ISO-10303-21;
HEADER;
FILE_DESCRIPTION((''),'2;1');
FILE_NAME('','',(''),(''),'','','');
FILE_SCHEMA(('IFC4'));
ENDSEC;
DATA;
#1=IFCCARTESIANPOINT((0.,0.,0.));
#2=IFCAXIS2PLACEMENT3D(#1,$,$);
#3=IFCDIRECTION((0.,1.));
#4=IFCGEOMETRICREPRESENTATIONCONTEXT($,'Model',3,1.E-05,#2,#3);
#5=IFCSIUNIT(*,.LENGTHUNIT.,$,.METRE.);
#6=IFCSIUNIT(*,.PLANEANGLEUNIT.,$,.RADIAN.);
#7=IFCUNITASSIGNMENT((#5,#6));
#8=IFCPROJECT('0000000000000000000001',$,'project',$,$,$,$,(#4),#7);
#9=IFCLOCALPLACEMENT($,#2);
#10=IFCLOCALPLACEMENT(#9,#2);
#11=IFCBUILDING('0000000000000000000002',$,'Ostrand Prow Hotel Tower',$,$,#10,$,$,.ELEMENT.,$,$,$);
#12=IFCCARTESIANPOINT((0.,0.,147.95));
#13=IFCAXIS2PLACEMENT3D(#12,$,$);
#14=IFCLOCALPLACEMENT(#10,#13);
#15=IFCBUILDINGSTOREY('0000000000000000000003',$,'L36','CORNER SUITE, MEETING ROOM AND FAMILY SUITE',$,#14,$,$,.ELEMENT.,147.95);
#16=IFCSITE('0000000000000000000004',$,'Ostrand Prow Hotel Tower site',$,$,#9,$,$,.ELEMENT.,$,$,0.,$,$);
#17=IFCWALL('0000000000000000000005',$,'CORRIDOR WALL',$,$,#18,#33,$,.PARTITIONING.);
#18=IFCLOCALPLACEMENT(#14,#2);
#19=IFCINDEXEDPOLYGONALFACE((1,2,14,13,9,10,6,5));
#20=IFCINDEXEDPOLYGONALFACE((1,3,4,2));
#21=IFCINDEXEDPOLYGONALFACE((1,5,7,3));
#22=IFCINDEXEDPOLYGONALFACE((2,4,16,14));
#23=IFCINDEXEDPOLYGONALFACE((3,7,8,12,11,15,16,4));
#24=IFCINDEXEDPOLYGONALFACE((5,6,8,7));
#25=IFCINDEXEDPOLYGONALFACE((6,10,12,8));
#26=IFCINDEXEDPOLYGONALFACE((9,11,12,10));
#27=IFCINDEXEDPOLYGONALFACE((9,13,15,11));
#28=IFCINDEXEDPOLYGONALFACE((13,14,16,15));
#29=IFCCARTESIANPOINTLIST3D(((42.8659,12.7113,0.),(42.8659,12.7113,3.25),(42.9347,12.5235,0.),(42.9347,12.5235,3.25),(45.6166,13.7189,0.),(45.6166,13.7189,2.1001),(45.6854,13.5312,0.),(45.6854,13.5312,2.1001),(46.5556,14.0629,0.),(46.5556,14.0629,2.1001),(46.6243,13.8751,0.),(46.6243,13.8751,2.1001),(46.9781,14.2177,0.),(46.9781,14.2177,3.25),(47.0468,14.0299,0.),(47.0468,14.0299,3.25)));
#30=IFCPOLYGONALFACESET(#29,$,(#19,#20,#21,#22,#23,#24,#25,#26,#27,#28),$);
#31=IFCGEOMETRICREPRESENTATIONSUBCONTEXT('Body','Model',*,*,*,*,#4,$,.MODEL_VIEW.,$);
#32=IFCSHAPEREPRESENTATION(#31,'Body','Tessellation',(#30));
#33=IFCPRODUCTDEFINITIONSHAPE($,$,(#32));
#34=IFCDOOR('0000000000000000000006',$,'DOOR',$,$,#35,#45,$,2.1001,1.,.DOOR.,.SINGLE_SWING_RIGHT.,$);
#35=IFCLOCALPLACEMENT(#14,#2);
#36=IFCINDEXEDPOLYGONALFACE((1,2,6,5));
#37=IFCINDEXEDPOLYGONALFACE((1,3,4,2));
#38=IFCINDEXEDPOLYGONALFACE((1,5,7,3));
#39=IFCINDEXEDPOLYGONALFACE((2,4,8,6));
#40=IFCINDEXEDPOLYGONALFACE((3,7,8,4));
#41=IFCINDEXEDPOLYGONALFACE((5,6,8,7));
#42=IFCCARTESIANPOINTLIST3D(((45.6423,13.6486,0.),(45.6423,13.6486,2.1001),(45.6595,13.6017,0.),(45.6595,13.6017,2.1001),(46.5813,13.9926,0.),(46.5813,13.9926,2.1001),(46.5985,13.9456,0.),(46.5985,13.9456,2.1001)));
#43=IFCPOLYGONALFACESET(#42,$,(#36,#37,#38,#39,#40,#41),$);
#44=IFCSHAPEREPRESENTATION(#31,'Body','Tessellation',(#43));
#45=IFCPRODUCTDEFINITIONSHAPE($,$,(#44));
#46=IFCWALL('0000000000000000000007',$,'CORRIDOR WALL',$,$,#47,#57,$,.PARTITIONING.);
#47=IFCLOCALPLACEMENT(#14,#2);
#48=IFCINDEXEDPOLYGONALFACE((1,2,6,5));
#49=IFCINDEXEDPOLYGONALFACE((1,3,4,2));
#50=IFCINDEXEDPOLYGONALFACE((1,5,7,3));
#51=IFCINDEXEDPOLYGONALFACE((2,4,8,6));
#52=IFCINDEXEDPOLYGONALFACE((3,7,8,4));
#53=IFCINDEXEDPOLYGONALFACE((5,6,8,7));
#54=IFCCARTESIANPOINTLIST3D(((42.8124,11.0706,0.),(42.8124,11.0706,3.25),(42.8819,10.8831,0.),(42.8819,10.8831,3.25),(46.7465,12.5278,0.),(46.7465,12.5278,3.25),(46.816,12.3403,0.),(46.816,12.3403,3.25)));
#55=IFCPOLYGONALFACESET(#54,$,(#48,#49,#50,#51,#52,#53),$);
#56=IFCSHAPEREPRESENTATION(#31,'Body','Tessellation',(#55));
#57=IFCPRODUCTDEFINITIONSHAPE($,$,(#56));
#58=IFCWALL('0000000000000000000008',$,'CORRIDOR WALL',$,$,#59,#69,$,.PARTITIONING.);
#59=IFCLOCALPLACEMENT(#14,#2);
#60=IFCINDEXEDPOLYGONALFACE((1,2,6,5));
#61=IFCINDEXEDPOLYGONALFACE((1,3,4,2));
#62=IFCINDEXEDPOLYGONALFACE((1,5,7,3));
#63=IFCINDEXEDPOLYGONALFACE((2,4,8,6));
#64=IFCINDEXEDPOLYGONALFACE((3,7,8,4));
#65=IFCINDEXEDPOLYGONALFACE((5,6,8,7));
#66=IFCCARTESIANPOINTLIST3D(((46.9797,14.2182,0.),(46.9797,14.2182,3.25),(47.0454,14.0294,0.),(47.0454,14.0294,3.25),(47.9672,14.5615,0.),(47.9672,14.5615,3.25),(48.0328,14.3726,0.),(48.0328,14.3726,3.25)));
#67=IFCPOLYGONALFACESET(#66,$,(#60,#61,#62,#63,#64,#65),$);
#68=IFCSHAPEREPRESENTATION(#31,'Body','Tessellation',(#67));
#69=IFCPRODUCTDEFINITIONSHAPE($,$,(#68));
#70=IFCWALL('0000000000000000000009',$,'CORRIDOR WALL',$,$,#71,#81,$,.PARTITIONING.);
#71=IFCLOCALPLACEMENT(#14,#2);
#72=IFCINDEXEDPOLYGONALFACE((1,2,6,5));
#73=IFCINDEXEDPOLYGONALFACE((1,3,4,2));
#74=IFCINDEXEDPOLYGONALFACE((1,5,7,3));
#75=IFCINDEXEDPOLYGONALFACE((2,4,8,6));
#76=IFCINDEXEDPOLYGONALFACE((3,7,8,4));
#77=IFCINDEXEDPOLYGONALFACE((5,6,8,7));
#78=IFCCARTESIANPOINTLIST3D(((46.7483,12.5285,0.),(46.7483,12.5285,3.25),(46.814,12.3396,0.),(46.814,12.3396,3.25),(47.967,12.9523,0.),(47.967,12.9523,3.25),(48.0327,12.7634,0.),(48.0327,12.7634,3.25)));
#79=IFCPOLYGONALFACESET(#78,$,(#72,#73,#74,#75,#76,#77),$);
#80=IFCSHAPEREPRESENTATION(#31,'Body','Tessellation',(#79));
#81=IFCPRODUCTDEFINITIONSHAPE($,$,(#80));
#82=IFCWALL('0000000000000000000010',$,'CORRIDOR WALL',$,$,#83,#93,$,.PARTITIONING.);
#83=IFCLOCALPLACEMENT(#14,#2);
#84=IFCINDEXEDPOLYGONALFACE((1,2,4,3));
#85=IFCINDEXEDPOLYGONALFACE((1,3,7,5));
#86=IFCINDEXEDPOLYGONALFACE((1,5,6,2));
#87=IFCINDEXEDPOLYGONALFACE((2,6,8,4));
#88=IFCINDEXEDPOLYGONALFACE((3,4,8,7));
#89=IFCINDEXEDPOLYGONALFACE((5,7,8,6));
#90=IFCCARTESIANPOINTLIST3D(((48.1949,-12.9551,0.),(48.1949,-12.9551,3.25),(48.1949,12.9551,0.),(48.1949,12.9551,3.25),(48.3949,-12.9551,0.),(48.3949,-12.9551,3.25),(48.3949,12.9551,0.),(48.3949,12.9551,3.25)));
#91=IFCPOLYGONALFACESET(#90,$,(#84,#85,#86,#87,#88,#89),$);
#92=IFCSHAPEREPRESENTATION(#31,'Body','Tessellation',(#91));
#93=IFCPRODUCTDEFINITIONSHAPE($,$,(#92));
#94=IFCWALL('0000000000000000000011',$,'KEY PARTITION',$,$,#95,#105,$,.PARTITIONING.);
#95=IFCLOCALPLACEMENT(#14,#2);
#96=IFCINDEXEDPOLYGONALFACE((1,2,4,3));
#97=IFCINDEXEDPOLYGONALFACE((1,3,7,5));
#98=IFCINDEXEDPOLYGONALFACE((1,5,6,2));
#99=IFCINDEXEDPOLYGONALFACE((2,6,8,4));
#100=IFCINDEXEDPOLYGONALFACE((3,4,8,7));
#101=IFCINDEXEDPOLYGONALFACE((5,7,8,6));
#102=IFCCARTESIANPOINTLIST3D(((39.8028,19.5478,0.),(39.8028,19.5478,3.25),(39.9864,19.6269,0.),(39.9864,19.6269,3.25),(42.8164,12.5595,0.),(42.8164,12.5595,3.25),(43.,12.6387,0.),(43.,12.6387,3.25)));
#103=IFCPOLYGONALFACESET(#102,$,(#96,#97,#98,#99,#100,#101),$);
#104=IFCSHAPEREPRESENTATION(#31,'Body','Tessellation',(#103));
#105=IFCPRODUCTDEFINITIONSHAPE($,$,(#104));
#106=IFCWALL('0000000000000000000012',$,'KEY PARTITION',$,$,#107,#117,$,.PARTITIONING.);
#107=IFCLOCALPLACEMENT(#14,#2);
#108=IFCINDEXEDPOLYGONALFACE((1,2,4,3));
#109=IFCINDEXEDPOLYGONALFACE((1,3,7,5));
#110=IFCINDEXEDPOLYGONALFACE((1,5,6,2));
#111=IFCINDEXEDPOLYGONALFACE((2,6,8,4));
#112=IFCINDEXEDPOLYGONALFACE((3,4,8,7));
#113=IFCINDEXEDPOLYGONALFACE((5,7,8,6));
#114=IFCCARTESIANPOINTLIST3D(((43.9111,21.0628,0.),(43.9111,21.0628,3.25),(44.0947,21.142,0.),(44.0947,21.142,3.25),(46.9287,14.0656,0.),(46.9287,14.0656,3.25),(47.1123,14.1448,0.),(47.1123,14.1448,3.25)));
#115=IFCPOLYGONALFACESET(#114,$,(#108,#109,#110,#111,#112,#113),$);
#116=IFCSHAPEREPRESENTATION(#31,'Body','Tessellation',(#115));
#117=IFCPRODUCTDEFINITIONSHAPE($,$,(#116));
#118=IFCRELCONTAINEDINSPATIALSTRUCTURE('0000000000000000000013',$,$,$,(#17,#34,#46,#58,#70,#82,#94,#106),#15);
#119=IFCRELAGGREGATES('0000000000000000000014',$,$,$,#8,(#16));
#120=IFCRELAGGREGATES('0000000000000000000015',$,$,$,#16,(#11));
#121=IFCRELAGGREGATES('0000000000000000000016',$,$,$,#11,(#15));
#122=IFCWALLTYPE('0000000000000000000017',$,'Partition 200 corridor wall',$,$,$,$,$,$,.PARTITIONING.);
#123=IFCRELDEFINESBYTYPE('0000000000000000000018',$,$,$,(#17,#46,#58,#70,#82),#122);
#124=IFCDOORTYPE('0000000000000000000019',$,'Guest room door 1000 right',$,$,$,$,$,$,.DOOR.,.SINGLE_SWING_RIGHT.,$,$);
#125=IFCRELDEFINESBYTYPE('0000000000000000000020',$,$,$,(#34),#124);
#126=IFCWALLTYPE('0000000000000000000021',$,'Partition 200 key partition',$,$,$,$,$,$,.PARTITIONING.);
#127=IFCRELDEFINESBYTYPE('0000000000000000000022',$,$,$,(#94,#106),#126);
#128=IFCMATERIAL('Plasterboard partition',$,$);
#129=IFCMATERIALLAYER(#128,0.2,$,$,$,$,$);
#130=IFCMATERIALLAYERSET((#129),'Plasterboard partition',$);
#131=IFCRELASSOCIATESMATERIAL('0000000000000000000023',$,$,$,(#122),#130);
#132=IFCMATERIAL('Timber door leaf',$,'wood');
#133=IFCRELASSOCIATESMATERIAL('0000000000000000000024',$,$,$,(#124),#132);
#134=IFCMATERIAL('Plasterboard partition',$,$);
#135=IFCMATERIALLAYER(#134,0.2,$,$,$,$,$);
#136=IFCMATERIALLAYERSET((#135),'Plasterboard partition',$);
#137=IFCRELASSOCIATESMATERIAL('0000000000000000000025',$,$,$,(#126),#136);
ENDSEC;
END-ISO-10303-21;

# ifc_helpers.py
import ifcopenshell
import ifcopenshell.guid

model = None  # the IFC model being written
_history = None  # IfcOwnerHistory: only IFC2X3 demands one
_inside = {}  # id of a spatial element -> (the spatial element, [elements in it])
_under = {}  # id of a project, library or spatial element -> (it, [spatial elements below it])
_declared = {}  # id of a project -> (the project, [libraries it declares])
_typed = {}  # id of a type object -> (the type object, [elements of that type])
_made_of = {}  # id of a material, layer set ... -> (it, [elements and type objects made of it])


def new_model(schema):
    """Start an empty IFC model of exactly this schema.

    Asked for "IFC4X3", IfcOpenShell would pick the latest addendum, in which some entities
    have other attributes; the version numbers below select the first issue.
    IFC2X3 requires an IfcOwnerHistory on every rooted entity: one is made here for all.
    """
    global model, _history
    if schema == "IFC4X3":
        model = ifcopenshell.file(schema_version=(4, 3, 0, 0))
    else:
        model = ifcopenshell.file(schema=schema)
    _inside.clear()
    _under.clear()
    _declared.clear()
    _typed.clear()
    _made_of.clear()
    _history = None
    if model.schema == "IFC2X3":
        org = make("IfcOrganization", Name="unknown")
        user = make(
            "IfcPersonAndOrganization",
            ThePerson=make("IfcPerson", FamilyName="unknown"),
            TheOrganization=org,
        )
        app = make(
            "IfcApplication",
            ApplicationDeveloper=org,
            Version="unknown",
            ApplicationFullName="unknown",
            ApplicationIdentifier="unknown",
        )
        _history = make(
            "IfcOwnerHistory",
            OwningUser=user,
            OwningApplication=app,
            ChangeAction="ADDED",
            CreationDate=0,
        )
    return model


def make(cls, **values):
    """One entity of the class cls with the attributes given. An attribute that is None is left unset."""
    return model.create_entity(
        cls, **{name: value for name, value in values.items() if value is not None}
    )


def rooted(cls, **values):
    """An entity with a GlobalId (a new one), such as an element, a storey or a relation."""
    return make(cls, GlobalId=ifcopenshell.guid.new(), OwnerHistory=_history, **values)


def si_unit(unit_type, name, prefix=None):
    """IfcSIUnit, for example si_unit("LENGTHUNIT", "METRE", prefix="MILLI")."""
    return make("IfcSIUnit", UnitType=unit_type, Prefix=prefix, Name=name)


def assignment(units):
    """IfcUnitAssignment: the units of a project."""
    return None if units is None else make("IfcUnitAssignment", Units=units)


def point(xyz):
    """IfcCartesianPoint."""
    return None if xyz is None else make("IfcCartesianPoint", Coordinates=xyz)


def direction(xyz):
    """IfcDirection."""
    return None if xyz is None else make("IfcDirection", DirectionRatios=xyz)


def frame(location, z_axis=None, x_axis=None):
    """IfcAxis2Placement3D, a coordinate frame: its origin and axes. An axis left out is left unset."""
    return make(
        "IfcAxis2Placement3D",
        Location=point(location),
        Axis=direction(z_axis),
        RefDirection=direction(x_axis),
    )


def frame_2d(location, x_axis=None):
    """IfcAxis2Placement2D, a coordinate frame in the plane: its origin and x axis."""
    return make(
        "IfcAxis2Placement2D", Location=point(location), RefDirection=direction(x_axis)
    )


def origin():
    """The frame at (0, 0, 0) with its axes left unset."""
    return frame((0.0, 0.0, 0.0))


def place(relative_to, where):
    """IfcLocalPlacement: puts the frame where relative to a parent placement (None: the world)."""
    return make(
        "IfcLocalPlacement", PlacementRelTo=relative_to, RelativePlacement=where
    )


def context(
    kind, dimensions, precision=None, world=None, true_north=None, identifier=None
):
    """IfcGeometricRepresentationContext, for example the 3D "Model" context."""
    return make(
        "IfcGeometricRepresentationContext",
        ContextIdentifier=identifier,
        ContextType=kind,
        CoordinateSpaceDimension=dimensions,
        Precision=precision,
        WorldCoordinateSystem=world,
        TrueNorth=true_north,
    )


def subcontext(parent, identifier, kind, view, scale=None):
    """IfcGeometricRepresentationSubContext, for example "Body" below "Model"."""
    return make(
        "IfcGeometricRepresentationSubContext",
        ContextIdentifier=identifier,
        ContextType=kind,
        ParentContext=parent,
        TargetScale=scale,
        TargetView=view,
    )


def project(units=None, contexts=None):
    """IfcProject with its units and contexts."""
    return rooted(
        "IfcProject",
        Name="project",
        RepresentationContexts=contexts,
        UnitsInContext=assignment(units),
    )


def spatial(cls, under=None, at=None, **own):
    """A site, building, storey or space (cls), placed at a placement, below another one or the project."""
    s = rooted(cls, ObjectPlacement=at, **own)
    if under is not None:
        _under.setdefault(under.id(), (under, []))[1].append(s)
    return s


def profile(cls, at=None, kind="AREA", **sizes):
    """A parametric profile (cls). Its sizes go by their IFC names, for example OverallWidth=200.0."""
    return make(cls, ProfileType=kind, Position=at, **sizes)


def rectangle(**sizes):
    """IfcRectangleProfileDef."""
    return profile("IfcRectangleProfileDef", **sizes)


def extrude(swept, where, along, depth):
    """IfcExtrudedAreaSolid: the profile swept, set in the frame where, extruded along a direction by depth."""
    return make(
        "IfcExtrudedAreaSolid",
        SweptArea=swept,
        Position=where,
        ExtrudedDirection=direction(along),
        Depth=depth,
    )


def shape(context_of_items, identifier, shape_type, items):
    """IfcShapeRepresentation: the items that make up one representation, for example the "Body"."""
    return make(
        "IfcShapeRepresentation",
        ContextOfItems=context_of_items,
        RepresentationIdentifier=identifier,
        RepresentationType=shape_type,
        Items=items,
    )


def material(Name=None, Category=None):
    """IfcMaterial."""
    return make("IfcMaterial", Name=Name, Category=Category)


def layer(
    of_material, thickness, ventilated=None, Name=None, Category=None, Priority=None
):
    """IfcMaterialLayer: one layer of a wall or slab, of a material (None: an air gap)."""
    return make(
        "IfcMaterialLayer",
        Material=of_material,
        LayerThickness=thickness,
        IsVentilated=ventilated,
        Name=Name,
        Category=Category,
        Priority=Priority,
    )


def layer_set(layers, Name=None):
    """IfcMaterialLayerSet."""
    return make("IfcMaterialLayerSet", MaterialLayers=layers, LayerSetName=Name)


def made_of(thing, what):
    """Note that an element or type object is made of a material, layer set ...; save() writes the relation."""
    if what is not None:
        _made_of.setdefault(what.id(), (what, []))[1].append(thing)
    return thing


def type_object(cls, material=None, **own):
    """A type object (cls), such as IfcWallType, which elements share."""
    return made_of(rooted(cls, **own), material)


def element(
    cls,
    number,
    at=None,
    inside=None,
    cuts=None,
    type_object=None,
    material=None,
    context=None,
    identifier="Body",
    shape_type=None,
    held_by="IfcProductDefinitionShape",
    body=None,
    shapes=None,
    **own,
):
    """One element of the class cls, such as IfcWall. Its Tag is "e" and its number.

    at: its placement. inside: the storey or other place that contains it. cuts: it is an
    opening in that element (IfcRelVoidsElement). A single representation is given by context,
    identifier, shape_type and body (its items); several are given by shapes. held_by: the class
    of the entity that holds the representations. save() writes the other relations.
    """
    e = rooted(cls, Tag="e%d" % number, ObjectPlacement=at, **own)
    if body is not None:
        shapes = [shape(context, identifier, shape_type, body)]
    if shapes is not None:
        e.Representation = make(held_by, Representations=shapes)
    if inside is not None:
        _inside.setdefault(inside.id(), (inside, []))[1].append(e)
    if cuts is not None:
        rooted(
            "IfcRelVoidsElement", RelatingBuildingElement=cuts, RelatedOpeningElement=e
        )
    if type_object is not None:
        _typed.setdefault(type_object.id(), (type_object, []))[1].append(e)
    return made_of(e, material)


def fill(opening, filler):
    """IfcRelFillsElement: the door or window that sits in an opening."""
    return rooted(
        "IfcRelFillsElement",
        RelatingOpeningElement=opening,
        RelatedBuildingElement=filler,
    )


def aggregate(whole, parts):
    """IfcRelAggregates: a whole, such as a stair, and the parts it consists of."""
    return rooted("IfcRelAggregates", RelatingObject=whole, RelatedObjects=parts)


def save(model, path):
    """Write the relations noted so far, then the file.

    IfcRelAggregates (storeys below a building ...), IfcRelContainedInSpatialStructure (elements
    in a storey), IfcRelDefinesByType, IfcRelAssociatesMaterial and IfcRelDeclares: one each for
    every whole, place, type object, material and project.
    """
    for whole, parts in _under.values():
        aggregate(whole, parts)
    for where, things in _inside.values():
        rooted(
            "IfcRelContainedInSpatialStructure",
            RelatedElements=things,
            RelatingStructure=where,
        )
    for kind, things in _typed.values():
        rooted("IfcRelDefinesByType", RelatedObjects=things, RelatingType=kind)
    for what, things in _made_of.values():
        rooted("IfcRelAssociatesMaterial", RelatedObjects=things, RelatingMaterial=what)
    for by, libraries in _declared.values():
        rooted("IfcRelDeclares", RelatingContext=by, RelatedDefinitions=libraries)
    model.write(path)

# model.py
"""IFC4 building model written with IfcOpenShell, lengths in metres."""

from ifc_helpers import new_model, si_unit, direction, frame, frame_2d, origin, place, context, subcontext, project, spatial, rectangle, extrude, material, layer, layer_set, type_object, element, fill, save


model = new_model("IFC4")

# Units and contexts
model_context = context("Model", 3, precision=1e-05, world=origin(), true_north=direction((0.0, 1.0)))
body_context = subcontext(model_context, "Body", "Model", "MODEL_VIEW")
ifc_project = project(units=[si_unit("LENGTHUNIT", "METRE"), si_unit("PLANEANGLEUNIT", "RADIAN")], contexts=[model_context])

# Site, building, storey
site_placement = place(None, origin())
site = spatial("IfcSite", under=ifc_project, at=site_placement, Name="Ostrand Prow Hotel Tower site", CompositionType="ELEMENT", RefElevation=0.0)
building_placement = place(site_placement, origin())
building = spatial("IfcBuilding", under=site, at=building_placement, Name="Ostrand Prow Hotel Tower", CompositionType="ELEMENT")
storey_placement = place(building_placement, frame((0.0, 0.0, 147.95)))
storey = spatial("IfcBuildingStorey", under=building, at=storey_placement, Name="L36", Description="CORNER SUITE, MEETING ROOM AND FAMILY SUITE", CompositionType="ELEMENT", Elevation=147.95)

# Wall, opening, door
ifc_material_1 = material(Name="Plasterboard partition")
ifc_layer_1 = layer(ifc_material_1, 0.2)
ifc_layer_set_1 = layer_set([ifc_layer_1], Name="Plasterboard partition")
wall_type_1 = type_object("IfcWallType", Name="Partition 200 corridor wall", PredefinedType="PARTITIONING", material=ifc_layer_set_1)
wall_1_placement = place(storey_placement, frame((47.0125, 14.1238, 0.0), z_axis=(0.0, 0.0, 1.0), x_axis=(-0.93898, -0.343971, 0.0)))
wall_1 = element("IfcWall", 1, at=wall_1_placement, inside=storey, type_object=wall_type_1, Name="CORRIDOR WALL", PredefinedType="PARTITIONING", context=body_context, shape_type="SweptSolid", body=[
    extrude(rectangle(XDim=4.3794, YDim=0.2, at=frame_2d((2.1897, 0.0))), origin(), (0.0, 0.0, 1.0), 3.25),
])
opening_1_placement = place(wall_1_placement, frame((0.45, 0.0, 0.0)))
opening_1 = element("IfcOpeningElement", 2, at=opening_1_placement, cuts=wall_1, PredefinedType="OPENING", context=body_context, shape_type="SweptSolid", body=[
    extrude(rectangle(XDim=1.0, YDim=2.1001, at=frame_2d((0.5, 1.05))), frame((0.0, 0.1099, 0.0), z_axis=(0.0, -1.0, 0.0), x_axis=(1.0, 0.0, 0.0)), (0.0, 0.0, 1.0), 0.22),
])
ifc_material_2 = material(Name="Timber door leaf", Category="wood")
door_type_1 = type_object("IfcDoorType", Name="Guest room door 1000 right", OperationType="SINGLE_SWING_RIGHT", PredefinedType="DOOR", material=ifc_material_2)
door_1_placement = place(opening_1_placement, origin())
door_1 = element("IfcDoor", 3, at=door_1_placement, inside=storey, type_object=door_type_1, Name="DOOR", OperationType="SINGLE_SWING_RIGHT", OverallHeight=2.1001, OverallWidth=1.0, PredefinedType="DOOR", context=body_context, shape_type="SweptSolid", body=[
    extrude(rectangle(XDim=1.0, YDim=2.1001, at=frame_2d((0.5, 1.05))), frame((0.0, 0.0249, 0.0), z_axis=(0.0, -1.0, 0.0), x_axis=(1.0, 0.0, 0.0)), (0.0, 0.0, 1.0), 0.05),
])
fill(opening_1, door_1)

# Walls
wall_2_placement = place(storey_placement, frame((42.8472, 10.9768, 0.0), z_axis=(0.0, 0.0, 1.0), x_axis=(0.937733, 0.347358, 0.0)))
element("IfcWall", 4, at=wall_2_placement, inside=storey, type_object=wall_type_1, Name="CORRIDOR WALL", PredefinedType="PARTITIONING", context=body_context, shape_type="SweptSolid", body=[
    extrude(rectangle(XDim=4.1953, YDim=0.2, at=frame_2d((2.0977, 0.0))), origin(), (0.0, 0.0, 1.0), 3.25),
])
wall_3_placement = place(storey_placement, frame((48.0, 14.467, 0.0), z_axis=(0.0, 0.0, 1.0), x_axis=(-0.944566, -0.328321, 0.0)))
element("IfcWall", 5, at=wall_3_placement, inside=storey, type_object=wall_type_1, Name="CORRIDOR WALL", PredefinedType="PARTITIONING", context=body_context, shape_type="SweptSolid", body=[
    extrude(rectangle(XDim=1.0454, YDim=0.2, at=frame_2d((0.5227, 0.0))), origin(), (0.0, 0.0, 1.0), 3.25),
])
wall_4_placement = place(storey_placement, frame((46.7812, 12.4341, 0.0), z_axis=(0.0, 0.0, 1.0), x_axis=(0.944517, 0.328462, 0.0)))
element("IfcWall", 6, at=wall_4_placement, inside=storey, type_object=wall_type_1, Name="CORRIDOR WALL", PredefinedType="PARTITIONING", context=body_context, shape_type="SweptSolid", body=[
    extrude(rectangle(XDim=1.2903, YDim=0.2, at=frame_2d((0.645, 0.0))), origin(), (0.0, 0.0, 1.0), 3.25),
])
wall_5_placement = place(storey_placement, frame((48.2949, 12.9551, 0.0), z_axis=(0.0, 0.0, 1.0), x_axis=(0.0, -1.0, 0.0)))
element("IfcWall", 7, at=wall_5_placement, inside=storey, type_object=wall_type_1, Name="CORRIDOR WALL", PredefinedType="PARTITIONING", context=body_context, shape_type="SweptSolid", body=[
    extrude(rectangle(XDim=25.9102, YDim=0.2, at=frame_2d((12.9551, 0.0))), origin(), (0.0, 0.0, 1.0), 3.25),
])
ifc_material_3 = material(Name="Plasterboard partition")
ifc_layer_2 = layer(ifc_material_3, 0.2)
ifc_layer_set_2 = layer_set([ifc_layer_2], Name="Plasterboard partition")
wall_type_2 = type_object("IfcWallType", Name="Partition 200 key partition", PredefinedType="PARTITIONING", material=ifc_layer_set_2)
wall_6_placement = place(storey_placement, frame((42.9082, 12.5991, 0.0), z_axis=(0.0, 0.0, 1.0), x_axis=(-0.395994, 0.918253, 0.0)))
element("IfcWall", 8, at=wall_6_placement, inside=storey, type_object=wall_type_2, Name="KEY PARTITION", PredefinedType="PARTITIONING", context=body_context, shape_type="SweptSolid", body=[
    extrude(rectangle(XDim=7.6104, YDim=0.2, at=frame_2d((3.8052, 0.0))), origin(), (0.0, 0.0, 1.0), 3.25),
])
wall_7_placement = place(storey_placement, frame((47.0205, 14.1052, 0.0), z_axis=(0.0, 0.0, 1.0), x_axis=(-0.396006, 0.918248, 0.0)))
element("IfcWall", 9, at=wall_7_placement, inside=storey, type_object=wall_type_2, Name="KEY PARTITION", PredefinedType="PARTITIONING", context=body_context, shape_type="SweptSolid", body=[
    extrude(rectangle(XDim=7.6201, YDim=0.2, at=frame_2d((3.8101, 0.0))), origin(), (0.0, 0.0, 1.0), 3.25),
])

save(model, "model.ifc")
